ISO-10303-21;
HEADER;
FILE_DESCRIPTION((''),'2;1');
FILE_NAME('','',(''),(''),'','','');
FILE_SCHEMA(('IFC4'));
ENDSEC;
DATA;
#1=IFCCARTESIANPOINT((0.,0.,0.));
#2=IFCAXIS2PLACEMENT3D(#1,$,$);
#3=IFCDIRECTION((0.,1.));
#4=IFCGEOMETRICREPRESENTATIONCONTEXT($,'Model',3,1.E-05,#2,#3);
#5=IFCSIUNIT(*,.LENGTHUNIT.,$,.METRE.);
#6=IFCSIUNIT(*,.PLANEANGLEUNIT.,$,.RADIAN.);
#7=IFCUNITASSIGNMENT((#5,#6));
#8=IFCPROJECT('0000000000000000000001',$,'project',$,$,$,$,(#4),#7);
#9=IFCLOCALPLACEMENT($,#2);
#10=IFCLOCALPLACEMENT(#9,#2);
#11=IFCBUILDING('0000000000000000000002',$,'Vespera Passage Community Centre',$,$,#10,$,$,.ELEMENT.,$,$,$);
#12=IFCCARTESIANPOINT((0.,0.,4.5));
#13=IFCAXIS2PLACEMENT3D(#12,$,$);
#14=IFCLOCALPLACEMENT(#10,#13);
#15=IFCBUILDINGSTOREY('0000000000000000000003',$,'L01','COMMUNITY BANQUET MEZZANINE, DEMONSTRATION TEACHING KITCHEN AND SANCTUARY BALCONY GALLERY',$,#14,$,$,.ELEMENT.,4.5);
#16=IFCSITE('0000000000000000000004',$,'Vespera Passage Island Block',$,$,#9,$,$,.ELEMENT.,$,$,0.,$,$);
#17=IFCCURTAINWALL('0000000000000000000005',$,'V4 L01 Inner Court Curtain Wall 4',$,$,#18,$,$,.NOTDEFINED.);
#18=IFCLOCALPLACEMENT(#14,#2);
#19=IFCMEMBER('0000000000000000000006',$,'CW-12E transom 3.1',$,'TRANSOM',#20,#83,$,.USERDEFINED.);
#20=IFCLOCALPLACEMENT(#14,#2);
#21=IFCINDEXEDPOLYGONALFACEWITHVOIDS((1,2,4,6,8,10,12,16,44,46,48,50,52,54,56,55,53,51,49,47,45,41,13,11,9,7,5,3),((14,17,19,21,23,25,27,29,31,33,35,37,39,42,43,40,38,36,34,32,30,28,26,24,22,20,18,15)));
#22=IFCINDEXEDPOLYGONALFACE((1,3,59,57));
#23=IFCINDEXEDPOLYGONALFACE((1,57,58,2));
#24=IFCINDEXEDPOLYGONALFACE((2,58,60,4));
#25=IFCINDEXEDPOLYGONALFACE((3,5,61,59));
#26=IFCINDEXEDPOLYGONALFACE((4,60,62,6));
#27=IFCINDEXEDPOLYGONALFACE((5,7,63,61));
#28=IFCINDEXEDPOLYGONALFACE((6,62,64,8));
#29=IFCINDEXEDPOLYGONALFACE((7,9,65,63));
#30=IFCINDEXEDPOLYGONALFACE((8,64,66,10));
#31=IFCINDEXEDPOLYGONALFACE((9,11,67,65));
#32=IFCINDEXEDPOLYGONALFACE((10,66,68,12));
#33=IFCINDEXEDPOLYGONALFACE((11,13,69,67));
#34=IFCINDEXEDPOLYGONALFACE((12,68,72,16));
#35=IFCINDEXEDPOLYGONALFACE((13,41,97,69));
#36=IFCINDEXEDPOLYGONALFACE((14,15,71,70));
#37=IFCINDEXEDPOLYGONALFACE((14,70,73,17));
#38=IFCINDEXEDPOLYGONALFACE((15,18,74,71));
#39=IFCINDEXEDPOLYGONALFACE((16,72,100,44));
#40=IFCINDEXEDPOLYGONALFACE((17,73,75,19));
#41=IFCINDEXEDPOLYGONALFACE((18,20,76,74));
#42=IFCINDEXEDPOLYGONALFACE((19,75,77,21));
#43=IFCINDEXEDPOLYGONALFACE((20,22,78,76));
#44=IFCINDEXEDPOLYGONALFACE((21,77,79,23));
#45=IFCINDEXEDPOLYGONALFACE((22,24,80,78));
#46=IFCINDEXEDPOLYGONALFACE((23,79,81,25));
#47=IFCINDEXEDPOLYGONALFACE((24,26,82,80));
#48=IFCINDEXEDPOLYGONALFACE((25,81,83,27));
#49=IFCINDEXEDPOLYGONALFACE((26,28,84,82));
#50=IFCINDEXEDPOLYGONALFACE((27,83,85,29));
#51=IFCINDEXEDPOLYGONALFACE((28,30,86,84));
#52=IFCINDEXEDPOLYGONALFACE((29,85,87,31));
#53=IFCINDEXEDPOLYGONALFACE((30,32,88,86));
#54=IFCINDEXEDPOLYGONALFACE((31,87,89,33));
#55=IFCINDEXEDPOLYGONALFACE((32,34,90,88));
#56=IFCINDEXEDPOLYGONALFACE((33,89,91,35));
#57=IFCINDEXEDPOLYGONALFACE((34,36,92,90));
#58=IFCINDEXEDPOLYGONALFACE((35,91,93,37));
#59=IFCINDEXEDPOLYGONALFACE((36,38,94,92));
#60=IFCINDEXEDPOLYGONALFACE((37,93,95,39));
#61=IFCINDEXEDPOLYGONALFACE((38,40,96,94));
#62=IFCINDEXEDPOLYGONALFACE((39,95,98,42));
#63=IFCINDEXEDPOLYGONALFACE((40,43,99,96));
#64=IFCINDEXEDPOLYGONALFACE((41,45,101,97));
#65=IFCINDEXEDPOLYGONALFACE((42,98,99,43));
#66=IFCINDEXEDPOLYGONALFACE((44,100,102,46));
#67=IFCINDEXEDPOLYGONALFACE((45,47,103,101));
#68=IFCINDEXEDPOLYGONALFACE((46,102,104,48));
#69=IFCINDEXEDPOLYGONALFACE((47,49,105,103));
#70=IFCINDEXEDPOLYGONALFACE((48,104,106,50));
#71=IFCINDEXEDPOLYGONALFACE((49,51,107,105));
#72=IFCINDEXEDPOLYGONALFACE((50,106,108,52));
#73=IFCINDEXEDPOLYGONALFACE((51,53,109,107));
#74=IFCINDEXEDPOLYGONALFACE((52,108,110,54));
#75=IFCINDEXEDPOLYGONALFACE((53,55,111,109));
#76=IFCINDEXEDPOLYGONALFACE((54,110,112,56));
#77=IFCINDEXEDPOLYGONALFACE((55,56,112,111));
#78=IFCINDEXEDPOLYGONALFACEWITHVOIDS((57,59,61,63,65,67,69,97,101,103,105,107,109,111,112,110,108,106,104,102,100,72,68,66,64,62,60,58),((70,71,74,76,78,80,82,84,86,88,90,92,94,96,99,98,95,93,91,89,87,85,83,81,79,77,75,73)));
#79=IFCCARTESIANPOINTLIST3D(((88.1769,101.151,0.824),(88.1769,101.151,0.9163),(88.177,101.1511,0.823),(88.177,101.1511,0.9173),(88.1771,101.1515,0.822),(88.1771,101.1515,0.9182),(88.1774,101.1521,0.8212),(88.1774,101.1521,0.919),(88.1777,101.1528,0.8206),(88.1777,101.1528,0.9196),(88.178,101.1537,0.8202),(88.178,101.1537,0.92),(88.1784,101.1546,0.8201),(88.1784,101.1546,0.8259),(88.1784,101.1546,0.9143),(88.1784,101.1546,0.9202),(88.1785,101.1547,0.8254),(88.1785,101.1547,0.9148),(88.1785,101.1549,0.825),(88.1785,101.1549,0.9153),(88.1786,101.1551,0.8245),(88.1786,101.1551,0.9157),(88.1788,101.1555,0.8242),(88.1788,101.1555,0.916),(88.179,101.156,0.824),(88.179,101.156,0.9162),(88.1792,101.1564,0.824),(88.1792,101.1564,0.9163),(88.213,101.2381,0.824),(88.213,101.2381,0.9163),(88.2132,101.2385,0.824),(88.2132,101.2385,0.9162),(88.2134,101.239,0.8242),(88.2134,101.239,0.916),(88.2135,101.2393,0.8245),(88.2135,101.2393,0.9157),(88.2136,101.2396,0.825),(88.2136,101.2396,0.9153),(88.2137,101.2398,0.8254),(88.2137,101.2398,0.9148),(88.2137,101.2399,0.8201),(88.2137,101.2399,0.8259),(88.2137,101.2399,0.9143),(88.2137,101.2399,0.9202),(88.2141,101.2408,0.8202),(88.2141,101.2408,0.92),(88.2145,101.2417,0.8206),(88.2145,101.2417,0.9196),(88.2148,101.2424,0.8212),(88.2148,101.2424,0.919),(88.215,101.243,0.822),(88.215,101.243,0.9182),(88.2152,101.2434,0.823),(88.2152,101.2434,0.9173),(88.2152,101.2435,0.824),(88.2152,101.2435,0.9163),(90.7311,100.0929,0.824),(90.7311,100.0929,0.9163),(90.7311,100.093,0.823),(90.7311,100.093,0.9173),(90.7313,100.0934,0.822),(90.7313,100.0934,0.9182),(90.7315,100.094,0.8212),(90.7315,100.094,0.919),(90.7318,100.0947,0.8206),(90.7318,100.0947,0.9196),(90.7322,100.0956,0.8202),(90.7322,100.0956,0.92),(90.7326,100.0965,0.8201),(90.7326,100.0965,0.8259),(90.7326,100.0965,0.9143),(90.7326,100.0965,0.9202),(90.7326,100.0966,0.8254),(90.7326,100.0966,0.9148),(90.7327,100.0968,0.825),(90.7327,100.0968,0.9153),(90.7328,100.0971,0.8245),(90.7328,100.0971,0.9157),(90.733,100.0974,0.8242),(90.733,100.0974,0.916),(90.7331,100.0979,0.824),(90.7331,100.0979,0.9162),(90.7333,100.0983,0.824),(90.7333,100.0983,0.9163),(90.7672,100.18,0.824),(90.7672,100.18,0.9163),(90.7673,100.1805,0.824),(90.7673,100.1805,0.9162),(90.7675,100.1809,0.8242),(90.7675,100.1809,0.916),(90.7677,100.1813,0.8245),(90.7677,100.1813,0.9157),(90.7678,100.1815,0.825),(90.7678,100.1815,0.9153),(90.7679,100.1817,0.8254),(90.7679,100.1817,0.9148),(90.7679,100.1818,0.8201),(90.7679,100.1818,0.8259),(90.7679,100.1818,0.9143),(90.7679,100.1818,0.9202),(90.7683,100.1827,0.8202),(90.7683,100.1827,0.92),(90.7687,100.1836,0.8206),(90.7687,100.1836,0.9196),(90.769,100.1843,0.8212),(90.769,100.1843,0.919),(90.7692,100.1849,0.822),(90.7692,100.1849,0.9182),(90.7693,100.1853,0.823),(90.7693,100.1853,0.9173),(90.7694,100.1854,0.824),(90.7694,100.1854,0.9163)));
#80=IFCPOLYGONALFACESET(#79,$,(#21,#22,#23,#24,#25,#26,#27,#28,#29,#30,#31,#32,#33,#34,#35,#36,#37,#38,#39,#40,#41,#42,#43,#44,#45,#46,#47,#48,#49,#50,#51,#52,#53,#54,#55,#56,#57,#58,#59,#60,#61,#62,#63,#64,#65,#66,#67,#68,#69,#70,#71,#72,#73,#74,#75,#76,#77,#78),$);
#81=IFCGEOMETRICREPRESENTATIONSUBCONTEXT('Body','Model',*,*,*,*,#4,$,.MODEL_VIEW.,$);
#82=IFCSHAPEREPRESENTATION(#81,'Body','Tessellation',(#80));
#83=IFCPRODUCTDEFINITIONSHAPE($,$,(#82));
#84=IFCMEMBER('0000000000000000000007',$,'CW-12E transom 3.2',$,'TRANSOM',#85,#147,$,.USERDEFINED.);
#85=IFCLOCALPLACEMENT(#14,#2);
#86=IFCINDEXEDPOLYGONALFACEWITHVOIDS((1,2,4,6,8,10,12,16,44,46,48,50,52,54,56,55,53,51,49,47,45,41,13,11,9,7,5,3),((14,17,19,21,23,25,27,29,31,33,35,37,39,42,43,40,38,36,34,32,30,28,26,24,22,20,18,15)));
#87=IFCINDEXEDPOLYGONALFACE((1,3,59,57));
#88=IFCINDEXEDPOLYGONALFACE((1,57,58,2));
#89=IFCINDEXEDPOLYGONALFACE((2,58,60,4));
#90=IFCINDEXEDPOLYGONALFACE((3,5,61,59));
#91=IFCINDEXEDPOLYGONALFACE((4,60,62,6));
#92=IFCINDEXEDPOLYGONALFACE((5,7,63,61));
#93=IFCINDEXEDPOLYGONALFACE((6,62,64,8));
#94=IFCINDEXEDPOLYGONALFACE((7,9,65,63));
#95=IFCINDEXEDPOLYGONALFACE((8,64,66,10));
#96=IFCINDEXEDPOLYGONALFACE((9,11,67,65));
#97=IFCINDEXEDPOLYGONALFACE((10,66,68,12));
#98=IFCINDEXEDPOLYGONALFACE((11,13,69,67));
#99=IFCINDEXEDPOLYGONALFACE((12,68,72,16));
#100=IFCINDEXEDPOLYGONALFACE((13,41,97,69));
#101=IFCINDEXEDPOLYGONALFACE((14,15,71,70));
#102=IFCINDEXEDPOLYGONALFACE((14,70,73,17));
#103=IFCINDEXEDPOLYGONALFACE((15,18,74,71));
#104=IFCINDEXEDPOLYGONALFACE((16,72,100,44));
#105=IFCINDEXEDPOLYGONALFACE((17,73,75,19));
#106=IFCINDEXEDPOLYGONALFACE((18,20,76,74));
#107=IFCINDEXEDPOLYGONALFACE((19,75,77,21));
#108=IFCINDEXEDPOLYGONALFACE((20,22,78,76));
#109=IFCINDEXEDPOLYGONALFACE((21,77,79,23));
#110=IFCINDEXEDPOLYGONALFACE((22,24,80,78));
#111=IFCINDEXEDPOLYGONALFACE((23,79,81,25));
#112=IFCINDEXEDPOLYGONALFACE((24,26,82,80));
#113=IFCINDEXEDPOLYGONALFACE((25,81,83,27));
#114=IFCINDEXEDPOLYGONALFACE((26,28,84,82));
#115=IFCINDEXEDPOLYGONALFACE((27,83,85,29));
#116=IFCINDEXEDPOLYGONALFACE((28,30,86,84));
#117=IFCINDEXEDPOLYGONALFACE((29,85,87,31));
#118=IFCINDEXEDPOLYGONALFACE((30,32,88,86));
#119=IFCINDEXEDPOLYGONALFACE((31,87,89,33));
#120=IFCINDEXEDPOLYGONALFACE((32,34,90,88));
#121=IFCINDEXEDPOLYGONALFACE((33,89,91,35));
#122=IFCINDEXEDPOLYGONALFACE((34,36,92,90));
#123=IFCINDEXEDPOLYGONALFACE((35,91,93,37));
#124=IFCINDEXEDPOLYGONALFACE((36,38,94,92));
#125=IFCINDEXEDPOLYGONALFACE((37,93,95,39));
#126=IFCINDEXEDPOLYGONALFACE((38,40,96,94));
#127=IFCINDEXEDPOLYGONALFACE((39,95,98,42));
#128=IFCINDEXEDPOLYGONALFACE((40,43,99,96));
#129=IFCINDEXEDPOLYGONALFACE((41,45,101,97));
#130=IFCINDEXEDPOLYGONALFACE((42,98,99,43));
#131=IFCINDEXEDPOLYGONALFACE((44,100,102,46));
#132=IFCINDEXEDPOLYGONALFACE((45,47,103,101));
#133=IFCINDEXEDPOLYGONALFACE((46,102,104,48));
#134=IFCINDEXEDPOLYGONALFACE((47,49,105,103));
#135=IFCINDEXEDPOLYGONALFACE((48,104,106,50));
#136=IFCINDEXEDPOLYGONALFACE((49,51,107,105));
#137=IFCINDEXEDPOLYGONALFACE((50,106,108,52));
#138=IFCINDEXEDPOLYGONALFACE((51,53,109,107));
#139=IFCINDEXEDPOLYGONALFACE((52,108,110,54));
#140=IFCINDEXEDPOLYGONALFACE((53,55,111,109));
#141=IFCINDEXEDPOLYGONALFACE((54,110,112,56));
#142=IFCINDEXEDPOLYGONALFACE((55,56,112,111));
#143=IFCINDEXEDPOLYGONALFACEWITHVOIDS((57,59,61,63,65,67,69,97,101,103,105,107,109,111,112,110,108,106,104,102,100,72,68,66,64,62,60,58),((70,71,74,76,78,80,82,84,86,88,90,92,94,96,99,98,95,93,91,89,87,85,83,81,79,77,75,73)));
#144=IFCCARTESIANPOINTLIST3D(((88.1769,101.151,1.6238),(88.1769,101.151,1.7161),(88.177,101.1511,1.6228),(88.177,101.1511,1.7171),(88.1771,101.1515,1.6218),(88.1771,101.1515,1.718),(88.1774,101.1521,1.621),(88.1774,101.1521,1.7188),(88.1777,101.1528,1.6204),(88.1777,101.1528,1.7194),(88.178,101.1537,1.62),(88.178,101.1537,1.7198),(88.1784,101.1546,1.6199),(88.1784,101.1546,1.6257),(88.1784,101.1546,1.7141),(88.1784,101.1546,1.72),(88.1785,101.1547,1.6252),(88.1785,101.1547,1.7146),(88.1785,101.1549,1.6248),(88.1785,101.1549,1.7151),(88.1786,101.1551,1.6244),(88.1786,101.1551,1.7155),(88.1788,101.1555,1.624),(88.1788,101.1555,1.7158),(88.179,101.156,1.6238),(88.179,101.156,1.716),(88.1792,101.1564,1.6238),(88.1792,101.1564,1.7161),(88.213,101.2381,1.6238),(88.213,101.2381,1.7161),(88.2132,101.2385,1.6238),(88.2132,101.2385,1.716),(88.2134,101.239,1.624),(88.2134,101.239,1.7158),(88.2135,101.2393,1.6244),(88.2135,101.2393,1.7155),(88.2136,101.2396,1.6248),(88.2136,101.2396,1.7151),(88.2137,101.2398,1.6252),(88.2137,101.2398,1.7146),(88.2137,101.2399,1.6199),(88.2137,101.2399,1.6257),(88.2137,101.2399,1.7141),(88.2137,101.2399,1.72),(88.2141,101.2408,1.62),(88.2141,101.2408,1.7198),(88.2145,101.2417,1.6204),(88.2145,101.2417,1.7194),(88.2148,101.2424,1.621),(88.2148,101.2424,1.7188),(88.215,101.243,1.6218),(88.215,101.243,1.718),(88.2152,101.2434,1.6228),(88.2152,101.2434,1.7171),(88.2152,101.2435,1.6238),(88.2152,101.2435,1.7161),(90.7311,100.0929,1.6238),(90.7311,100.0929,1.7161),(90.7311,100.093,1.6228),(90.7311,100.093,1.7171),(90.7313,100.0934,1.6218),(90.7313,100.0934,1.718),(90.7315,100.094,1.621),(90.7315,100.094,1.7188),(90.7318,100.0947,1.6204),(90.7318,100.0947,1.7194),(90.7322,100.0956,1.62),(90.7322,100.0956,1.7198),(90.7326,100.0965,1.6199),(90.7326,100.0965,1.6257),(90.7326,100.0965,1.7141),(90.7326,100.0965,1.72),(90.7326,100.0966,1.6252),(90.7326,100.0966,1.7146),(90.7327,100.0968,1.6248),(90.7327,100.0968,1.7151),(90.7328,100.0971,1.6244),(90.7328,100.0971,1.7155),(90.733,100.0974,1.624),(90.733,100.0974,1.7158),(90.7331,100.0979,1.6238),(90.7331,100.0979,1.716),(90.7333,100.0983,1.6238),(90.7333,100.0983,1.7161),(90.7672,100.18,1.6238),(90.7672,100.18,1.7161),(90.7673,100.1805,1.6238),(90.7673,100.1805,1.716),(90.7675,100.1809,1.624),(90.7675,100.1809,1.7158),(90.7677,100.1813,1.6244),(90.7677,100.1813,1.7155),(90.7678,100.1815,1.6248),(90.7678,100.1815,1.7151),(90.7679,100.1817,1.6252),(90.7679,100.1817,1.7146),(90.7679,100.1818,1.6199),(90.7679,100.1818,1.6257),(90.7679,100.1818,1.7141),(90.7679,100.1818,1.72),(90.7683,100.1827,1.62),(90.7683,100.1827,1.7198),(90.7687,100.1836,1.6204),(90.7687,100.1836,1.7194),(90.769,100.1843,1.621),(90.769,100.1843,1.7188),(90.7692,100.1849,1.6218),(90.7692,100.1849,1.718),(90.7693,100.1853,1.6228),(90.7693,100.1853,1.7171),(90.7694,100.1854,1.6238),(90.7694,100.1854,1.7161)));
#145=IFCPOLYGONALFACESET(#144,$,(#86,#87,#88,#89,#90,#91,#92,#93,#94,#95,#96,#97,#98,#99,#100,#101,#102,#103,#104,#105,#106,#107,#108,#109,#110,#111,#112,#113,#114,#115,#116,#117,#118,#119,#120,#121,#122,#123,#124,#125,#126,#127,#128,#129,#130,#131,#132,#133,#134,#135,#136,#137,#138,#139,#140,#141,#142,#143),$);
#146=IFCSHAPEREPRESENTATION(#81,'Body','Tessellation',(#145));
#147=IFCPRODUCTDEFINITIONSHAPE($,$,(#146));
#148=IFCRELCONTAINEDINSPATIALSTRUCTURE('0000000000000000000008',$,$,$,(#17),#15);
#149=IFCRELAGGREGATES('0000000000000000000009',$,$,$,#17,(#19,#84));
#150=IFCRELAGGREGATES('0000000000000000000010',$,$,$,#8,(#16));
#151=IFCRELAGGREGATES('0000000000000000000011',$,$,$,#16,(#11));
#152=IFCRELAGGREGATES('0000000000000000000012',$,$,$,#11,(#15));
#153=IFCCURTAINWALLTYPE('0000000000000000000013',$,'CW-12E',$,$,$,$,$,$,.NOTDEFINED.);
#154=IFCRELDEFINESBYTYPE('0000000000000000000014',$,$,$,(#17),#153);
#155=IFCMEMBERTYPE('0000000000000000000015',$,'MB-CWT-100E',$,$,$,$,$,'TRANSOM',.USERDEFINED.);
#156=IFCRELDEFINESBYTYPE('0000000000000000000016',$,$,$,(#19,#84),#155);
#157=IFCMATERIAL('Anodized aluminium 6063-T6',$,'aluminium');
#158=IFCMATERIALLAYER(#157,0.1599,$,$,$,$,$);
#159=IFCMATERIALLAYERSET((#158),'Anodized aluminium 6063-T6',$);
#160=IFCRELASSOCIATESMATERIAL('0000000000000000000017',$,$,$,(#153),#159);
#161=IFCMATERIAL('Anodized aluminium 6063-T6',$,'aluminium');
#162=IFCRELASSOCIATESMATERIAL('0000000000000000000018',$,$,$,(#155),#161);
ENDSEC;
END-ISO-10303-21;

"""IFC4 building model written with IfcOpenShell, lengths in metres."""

from ifc_helpers import new_model, si_unit, direction, frame, origin, origin_2d, place, context, subcontext, project, spatial, hollow_rectangle, extrude, material, layer, layer_set, material_profile, profile_set, type_object, element, aggregate, save


model = new_model("IFC4")

# Units and contexts
model_context = context("Model", 3, precision=1e-05, world=origin(), true_north=direction((0.0, 1.0)))
body_context = subcontext(model_context, "Body", "Model", "MODEL_VIEW")
ifc_project = project(units=[si_unit("LENGTHUNIT", "METRE"), si_unit("PLANEANGLEUNIT", "RADIAN")], contexts=[model_context])

# Site, building, storey
site_placement = place(None, origin())
site = spatial("IfcSite", under=ifc_project, at=site_placement, Name="Vespera Passage Island Block", CompositionType="ELEMENT", RefElevation=0.0)
building_placement = place(site_placement, origin())
building = spatial("IfcBuilding", under=site, at=building_placement, Name="Vespera Passage Community Centre", CompositionType="ELEMENT")
storey_placement = place(building_placement, frame((0.0, 0.0, 4.5)))
storey = spatial("IfcBuildingStorey", under=building, at=storey_placement, Name="L01", Description="COMMUNITY BANQUET MEZZANINE, DEMONSTRATION TEACHING KITCHEN AND SANCTUARY BALCONY GALLERY", CompositionType="ELEMENT", Elevation=4.5)

# Curtain wall, members
ifc_material_1 = material(Name="Anodized aluminium 6063-T6", Category="aluminium")
ifc_layer_1 = layer(ifc_material_1, 0.1599)
ifc_layer_set_1 = layer_set([ifc_layer_1], Name="Anodized aluminium 6063-T6")
curtain_wall_type = type_object("IfcCurtainWallType", Name="CW-12E", PredefinedType="NOTDEFINED", material=ifc_layer_set_1)
curtain_wall_placement = place(storey_placement, origin())
curtain_wall = element("IfcCurtainWall", 1, at=curtain_wall_placement, inside=storey, type_object=curtain_wall_type, Name="V4 L01 Inner Court Curtain Wall 4", PredefinedType="NOTDEFINED")
ifc_material_2 = material(Name="Anodized aluminium 6063-T6", Category="aluminium")
ifc_material_profile_1 = material_profile(ifc_material_2, hollow_rectangle(XDim=0.1001, YDim=0.1001, WallThickness=0.0039, InnerFilletRadius=0.002, OuterFilletRadius=0.0039, at=origin_2d()), Name="ALU100X100X4")
ifc_profile_set_1 = profile_set([ifc_material_profile_1], Name="Anodized aluminium 6063-T6")
member_type_1 = type_object("IfcMemberType", Name="MB-CWT-100E", ElementType="TRANSOM", PredefinedType="USERDEFINED", material=ifc_profile_set_1)
member_1_placement = place(storey_placement, frame((90.7502, 100.1392, 0.8701), z_axis=(-0.923864, 0.382721, 0.0), x_axis=(-0.382721, -0.923864, 0.0)))
member_1 = element("IfcMember", 2, at=member_1_placement, type_object=member_type_1, Name="CW-12E transom 3.1", ObjectType="TRANSOM", PredefinedType="USERDEFINED", context=body_context, shape_type="SweptSolid", body=[
    extrude(hollow_rectangle(XDim=0.1001, YDim=0.1001, WallThickness=0.0039, InnerFilletRadius=0.002, OuterFilletRadius=0.0039, at=origin_2d()), origin(), (0.0, 0.0, 1.0), 2.7646),
])
member_2_placement = place(storey_placement, frame((90.7502, 100.1392, 1.6699), z_axis=(-0.923864, 0.382721, 0.0), x_axis=(-0.382721, -0.923864, 0.0)))
member_2 = element("IfcMember", 3, at=member_2_placement, type_object=member_type_1, Name="CW-12E transom 3.2", ObjectType="TRANSOM", PredefinedType="USERDEFINED", context=body_context, shape_type="SweptSolid", body=[
    extrude(hollow_rectangle(XDim=0.1001, YDim=0.1001, WallThickness=0.0039, InnerFilletRadius=0.002, OuterFilletRadius=0.0039, at=origin_2d()), origin(), (0.0, 0.0, 1.0), 2.7646),
])
aggregate(curtain_wall, [member_1, member_2])

save(model, "model.ifc")
